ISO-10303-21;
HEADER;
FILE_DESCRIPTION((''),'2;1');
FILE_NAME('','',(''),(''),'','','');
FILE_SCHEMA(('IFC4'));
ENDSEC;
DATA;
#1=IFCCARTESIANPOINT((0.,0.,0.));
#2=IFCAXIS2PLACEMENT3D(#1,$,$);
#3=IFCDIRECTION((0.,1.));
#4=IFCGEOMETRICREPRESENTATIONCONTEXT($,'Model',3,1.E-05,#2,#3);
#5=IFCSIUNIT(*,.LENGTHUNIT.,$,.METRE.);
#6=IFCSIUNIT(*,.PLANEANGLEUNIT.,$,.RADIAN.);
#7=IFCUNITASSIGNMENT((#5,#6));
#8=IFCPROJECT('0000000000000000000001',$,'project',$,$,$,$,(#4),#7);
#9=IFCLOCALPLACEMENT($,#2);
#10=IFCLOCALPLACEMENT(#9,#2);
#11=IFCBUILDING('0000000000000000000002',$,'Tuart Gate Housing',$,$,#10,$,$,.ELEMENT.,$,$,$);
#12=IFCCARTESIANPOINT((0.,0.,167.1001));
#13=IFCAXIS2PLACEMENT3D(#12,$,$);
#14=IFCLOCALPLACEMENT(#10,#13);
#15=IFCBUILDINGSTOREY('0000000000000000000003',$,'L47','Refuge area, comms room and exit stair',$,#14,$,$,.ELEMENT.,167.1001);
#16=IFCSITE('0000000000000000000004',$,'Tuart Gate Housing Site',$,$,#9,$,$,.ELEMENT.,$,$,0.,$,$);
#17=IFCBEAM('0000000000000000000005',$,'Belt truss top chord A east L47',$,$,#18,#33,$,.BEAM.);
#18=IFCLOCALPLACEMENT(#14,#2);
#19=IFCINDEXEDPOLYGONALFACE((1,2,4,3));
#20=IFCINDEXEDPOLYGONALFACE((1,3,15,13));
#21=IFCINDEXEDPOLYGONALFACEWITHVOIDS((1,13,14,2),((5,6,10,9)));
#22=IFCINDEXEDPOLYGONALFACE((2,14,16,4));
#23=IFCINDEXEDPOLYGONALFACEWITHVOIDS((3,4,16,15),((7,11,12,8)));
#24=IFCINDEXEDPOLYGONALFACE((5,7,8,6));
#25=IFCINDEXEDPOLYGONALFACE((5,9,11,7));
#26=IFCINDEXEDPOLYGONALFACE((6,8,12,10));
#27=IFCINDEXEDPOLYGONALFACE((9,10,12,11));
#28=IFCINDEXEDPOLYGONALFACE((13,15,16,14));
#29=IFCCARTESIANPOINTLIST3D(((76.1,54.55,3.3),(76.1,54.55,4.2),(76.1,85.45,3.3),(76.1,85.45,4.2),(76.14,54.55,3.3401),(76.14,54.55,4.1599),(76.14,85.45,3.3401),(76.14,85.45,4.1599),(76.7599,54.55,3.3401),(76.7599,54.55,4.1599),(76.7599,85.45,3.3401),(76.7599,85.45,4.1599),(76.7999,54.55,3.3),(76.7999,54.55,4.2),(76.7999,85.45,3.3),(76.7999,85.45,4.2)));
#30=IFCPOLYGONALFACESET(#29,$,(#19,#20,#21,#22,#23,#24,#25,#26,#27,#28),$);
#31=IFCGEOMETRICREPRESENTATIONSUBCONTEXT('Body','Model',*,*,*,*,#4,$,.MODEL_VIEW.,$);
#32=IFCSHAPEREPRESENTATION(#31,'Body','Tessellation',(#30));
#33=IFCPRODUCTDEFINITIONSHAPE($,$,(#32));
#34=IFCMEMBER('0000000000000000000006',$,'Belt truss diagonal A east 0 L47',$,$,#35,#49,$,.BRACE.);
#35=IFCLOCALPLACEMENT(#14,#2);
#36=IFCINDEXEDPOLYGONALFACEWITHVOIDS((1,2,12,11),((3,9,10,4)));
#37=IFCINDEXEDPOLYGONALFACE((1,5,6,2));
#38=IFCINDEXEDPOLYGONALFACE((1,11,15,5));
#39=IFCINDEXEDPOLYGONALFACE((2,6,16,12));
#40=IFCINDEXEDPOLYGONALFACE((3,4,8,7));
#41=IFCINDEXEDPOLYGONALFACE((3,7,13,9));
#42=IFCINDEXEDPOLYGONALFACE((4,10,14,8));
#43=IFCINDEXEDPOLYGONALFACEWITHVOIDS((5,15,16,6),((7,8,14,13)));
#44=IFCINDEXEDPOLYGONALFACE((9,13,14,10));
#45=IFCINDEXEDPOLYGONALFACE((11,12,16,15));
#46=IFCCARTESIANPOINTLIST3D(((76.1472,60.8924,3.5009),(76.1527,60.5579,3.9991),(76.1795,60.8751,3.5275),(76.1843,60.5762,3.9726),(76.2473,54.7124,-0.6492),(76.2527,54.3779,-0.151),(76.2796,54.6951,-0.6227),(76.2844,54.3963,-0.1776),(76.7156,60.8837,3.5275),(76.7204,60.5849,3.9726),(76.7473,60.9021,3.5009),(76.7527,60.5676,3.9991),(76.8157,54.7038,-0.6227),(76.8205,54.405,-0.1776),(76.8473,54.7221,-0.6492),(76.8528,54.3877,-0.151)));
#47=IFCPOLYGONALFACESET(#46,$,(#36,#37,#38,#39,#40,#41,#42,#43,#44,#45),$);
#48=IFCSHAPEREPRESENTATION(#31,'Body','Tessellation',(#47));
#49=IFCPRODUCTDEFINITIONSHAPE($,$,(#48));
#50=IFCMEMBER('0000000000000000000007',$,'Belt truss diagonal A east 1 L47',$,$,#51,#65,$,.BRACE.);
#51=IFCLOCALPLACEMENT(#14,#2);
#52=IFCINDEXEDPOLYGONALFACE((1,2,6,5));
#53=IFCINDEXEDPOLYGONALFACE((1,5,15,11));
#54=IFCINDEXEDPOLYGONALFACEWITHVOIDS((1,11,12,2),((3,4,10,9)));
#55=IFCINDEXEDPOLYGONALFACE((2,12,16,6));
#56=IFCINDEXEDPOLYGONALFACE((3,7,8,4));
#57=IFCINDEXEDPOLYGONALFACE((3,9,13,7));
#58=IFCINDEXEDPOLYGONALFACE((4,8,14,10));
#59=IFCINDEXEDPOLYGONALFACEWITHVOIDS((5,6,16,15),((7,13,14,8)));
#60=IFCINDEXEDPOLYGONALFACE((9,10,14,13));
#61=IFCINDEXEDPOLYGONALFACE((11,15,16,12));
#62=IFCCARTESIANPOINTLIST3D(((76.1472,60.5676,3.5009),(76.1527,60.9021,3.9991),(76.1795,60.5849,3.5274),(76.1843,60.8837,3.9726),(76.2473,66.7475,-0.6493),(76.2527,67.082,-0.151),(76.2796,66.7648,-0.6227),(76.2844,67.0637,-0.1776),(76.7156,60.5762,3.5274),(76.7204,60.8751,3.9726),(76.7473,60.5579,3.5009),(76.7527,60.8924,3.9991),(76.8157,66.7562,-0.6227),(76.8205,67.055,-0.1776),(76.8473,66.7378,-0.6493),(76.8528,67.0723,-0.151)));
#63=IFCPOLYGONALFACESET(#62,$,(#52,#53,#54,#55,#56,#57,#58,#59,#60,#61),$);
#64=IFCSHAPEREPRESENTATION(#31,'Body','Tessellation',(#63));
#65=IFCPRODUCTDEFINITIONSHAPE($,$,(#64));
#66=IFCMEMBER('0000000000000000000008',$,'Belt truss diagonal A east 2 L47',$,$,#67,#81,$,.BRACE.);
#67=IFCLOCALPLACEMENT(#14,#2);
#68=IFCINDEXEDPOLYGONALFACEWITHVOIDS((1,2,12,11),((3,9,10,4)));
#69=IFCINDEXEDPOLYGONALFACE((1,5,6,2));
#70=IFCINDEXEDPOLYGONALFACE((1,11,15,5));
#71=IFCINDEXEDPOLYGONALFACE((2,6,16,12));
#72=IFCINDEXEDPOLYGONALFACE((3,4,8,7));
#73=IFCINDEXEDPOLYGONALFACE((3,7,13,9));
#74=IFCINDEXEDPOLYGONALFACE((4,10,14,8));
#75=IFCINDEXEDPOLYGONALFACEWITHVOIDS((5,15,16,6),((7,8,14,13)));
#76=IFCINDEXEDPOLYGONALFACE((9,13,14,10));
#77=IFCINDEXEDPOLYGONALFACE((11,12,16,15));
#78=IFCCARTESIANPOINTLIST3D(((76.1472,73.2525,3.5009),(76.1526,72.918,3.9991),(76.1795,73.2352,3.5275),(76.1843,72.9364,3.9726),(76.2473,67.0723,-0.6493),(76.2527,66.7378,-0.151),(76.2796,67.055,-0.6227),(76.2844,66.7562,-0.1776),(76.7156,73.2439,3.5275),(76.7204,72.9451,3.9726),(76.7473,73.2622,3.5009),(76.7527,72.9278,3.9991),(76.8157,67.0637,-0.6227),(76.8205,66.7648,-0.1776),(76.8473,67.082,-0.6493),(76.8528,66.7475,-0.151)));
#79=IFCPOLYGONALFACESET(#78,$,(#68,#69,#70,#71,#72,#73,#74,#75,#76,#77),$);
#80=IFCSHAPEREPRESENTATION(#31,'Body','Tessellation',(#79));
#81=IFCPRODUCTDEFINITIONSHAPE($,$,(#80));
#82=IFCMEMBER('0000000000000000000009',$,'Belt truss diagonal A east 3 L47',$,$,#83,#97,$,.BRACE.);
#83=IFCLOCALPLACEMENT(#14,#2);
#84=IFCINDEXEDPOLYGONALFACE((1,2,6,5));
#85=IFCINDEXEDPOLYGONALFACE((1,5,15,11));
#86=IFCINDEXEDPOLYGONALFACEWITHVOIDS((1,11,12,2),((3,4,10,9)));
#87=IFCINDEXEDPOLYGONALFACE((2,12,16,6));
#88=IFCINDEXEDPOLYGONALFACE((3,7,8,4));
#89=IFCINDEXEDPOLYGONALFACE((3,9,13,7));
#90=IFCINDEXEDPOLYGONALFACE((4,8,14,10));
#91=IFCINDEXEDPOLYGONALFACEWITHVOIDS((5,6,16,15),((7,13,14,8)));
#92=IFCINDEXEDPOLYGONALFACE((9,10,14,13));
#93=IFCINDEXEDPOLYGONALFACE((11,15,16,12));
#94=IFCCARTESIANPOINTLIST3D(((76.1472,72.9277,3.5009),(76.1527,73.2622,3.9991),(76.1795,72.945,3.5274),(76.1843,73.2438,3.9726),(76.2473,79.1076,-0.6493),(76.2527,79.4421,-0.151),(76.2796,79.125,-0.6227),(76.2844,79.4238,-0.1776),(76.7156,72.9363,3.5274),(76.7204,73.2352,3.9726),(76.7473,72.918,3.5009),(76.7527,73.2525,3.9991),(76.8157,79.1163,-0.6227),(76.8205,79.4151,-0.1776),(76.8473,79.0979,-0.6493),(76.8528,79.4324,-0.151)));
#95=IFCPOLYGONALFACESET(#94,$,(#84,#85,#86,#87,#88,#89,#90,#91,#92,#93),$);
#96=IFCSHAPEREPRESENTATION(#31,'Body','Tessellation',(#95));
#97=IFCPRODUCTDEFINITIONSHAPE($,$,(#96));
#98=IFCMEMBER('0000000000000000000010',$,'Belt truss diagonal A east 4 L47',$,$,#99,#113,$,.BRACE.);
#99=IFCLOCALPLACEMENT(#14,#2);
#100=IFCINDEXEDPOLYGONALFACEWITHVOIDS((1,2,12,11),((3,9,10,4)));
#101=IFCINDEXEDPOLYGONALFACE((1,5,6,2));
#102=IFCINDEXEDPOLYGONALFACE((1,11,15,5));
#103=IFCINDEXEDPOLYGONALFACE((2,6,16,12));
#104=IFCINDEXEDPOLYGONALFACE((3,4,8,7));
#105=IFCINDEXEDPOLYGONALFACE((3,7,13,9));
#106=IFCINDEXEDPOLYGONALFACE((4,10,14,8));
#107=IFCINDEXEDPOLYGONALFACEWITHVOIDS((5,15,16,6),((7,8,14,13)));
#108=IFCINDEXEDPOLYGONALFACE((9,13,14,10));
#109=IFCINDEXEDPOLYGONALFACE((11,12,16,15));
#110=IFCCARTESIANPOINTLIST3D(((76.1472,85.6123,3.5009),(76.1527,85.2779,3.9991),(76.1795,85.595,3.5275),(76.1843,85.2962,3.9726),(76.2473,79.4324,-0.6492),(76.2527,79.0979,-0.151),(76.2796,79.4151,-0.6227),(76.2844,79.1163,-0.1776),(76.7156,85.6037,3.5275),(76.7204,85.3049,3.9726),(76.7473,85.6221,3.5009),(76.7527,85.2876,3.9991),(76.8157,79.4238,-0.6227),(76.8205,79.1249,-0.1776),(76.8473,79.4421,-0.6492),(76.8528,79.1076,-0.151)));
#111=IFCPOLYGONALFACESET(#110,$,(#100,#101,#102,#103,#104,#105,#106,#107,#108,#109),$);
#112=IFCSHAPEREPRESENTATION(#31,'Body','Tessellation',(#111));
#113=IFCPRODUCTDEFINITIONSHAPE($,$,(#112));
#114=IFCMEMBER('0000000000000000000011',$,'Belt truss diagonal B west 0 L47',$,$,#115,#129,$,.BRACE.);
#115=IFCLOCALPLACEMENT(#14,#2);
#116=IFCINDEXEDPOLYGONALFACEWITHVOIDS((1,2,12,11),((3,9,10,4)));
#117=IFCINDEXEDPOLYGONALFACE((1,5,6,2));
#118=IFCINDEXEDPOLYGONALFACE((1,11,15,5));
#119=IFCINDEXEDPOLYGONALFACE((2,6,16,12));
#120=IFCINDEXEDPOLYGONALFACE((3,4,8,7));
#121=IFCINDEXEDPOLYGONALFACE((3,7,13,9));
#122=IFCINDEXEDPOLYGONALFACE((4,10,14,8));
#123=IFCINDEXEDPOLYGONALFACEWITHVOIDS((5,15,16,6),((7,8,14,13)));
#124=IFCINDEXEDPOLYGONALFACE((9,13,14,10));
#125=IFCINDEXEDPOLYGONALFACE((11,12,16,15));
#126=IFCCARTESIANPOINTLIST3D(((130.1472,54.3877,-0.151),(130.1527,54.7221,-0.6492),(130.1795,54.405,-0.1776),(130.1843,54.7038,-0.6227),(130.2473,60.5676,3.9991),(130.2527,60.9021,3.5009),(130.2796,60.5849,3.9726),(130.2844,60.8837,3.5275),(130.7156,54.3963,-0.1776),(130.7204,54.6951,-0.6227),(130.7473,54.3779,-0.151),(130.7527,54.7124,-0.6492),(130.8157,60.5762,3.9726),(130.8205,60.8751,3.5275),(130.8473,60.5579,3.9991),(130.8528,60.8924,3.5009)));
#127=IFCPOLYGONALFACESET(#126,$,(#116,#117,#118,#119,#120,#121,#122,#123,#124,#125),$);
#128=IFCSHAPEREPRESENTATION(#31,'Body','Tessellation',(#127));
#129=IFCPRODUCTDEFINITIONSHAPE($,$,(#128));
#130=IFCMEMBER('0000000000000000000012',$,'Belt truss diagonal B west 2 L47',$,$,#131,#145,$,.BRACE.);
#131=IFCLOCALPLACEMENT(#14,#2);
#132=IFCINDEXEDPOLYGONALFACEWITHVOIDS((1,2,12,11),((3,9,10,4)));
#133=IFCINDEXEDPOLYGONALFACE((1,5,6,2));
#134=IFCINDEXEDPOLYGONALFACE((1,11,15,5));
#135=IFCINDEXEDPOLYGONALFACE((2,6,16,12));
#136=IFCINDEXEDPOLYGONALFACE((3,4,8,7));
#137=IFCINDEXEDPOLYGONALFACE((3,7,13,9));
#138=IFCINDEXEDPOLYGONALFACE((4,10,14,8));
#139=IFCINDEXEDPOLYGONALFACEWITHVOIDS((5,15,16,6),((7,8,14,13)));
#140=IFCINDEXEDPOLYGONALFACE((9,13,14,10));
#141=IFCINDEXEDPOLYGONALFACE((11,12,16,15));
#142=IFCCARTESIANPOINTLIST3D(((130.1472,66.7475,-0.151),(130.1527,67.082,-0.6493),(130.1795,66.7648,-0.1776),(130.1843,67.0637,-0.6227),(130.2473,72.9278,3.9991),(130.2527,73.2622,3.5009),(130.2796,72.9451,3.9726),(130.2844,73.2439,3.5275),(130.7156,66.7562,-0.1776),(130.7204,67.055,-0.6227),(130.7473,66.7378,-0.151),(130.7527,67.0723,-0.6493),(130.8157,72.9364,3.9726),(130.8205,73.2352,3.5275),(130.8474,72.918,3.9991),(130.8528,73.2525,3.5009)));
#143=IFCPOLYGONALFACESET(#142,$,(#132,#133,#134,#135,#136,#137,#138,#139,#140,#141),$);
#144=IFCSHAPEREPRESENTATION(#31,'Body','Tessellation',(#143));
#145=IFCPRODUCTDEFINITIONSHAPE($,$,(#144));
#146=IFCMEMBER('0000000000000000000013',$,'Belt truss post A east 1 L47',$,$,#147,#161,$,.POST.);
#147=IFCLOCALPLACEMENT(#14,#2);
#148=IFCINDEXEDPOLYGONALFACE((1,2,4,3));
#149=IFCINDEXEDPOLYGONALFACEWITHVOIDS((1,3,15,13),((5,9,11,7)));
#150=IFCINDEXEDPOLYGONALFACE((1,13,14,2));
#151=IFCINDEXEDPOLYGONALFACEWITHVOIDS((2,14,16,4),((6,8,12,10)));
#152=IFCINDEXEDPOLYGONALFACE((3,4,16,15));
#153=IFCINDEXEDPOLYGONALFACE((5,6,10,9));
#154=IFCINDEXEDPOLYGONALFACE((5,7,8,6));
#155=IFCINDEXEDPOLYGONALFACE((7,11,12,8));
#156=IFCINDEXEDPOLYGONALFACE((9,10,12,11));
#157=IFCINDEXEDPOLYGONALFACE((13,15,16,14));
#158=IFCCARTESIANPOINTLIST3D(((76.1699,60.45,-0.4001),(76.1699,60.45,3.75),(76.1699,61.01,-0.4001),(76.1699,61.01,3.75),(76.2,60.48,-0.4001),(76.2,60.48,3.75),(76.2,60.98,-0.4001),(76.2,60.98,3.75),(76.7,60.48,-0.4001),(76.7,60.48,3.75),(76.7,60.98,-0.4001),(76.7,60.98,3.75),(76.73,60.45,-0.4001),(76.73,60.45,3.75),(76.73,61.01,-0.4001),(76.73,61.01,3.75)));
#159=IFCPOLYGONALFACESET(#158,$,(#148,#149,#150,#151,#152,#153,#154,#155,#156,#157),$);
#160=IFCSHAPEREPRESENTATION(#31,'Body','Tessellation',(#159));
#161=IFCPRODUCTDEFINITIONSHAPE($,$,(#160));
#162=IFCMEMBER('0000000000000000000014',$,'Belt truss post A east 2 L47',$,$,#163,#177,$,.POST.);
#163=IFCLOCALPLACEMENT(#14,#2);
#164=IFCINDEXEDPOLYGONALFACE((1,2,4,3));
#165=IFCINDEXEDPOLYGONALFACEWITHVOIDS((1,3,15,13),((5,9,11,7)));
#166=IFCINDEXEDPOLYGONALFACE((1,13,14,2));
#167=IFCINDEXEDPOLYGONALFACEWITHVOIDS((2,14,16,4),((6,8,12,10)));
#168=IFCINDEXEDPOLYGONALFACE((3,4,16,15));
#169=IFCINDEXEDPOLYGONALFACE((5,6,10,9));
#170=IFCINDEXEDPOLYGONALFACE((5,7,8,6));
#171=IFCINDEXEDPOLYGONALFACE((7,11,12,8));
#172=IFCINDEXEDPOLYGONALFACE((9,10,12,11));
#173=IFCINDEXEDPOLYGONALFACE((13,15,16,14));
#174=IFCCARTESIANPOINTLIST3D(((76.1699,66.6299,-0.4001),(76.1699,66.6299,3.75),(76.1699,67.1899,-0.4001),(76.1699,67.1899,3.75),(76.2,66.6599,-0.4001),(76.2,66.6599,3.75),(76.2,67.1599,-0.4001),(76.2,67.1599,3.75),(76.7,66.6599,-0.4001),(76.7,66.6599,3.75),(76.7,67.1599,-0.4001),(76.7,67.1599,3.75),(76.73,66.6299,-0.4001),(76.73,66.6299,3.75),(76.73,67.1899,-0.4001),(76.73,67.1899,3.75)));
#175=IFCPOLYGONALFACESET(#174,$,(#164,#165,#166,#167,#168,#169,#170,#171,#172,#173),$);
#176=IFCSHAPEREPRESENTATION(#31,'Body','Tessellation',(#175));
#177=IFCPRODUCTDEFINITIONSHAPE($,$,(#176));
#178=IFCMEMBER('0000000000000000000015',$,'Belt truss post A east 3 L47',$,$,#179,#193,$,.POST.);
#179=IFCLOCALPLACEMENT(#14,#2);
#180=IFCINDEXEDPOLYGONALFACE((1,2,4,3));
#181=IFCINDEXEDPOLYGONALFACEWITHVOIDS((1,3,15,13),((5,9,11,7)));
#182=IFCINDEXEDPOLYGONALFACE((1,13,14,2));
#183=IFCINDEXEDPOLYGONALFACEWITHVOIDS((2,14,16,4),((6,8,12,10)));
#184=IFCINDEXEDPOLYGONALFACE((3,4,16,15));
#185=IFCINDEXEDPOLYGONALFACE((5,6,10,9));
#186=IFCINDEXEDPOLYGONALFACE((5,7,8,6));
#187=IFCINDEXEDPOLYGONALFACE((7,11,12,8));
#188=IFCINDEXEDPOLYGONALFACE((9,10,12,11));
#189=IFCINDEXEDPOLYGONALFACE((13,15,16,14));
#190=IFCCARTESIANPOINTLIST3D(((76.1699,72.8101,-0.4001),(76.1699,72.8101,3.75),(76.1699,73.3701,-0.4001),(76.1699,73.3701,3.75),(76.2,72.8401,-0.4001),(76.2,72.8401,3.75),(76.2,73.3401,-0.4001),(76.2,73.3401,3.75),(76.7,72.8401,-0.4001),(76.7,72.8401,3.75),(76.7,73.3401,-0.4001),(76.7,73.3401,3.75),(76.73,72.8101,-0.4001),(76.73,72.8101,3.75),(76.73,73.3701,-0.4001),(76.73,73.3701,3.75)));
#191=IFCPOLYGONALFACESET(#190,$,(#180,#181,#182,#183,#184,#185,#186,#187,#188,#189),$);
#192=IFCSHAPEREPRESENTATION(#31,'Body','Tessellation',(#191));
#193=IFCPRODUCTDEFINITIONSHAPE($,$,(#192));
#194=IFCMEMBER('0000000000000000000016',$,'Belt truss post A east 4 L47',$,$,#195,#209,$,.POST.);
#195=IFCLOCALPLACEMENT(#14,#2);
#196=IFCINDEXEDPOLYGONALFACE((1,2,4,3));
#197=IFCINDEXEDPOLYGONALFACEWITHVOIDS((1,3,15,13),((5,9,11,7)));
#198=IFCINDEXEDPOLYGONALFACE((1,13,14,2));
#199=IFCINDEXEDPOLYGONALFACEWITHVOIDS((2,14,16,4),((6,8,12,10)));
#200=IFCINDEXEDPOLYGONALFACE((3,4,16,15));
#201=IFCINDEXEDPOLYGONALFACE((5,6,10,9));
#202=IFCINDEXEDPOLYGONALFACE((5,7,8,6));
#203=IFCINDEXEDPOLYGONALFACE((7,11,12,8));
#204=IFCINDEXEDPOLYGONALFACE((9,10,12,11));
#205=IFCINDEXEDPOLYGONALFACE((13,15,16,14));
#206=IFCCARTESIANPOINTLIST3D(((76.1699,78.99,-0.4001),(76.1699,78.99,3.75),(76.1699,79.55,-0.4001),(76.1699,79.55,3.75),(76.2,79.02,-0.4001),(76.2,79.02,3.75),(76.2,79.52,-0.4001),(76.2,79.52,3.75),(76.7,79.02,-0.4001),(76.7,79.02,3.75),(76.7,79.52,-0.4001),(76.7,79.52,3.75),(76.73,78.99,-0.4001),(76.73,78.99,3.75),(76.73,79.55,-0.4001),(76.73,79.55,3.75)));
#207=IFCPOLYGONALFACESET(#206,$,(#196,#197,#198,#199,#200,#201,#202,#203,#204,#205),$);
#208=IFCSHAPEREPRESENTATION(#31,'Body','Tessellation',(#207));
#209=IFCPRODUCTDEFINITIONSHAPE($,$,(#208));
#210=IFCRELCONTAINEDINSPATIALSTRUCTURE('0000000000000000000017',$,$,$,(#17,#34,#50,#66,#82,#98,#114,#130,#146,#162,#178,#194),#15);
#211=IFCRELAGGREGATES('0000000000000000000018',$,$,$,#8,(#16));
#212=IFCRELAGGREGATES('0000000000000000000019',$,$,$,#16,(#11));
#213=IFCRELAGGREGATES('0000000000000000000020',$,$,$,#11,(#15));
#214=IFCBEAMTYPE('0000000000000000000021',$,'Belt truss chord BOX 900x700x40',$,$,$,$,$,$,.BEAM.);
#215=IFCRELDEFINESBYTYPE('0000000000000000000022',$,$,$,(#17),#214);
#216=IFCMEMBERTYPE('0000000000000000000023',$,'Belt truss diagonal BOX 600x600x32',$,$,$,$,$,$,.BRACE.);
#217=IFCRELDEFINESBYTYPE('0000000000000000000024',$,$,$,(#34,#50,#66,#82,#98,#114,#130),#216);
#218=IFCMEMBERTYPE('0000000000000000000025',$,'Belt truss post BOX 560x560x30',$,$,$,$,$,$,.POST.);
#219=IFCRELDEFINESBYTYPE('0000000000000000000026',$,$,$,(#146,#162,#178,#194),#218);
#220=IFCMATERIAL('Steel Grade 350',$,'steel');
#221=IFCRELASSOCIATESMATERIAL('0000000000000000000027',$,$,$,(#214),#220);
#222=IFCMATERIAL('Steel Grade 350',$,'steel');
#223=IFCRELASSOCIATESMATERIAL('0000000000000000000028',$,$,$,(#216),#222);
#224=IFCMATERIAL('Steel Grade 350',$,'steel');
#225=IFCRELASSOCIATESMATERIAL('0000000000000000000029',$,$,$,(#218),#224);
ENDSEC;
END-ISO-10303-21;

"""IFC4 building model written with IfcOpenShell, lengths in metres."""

from ifc_helpers import new_model, si_unit, direction, frame, origin, origin_2d, place, context, subcontext, project, spatial, hollow_rectangle, extrude, material, material_profile, profile_set, type_object, element, save


model = new_model("IFC4")

# Units and contexts
model_context = context("Model", 3, precision=1e-05, world=origin(), true_north=direction((0.0, 1.0)))
body_context = subcontext(model_context, "Body", "Model", "MODEL_VIEW")
ifc_project = project(units=[si_unit("LENGTHUNIT", "METRE"), si_unit("PLANEANGLEUNIT", "RADIAN")], contexts=[model_context])

# Site, building, storey
site_placement = place(None, origin())
site = spatial("IfcSite", under=ifc_project, at=site_placement, Name="Tuart Gate Housing Site", CompositionType="ELEMENT", RefElevation=0.0)
building_placement = place(site_placement, origin())
building = spatial("IfcBuilding", under=site, at=building_placement, Name="Tuart Gate Housing", CompositionType="ELEMENT")
storey_placement = place(building_placement, frame((0.0, 0.0, 167.1001)))
storey = spatial("IfcBuildingStorey", under=building, at=storey_placement, Name="L47", Description="Refuge area, comms room and exit stair", CompositionType="ELEMENT", Elevation=167.1001)

# Beam
ifc_material_1 = material(Name="Steel Grade 350", Category="steel")
ifc_material_profile_1 = material_profile(ifc_material_1, hollow_rectangle(XDim=0.7, YDim=0.8999, WallThickness=0.04, at=origin_2d()), Name="BOX 900x700x40")
ifc_profile_set_1 = profile_set([ifc_material_profile_1], Name="Steel Grade 350")
beam_type = type_object("IfcBeamType", Name="Belt truss chord BOX 900x700x40", PredefinedType="BEAM", material=ifc_profile_set_1)
beam_placement = place(storey_placement, frame((76.45, 54.55, 3.75), z_axis=(0.0, 1.0, 0.0), x_axis=(-1.0, 0.0, 0.0)))
element("IfcBeam", 1, at=beam_placement, inside=storey, type_object=beam_type, Name="Belt truss top chord A east L47", PredefinedType="BEAM", context=body_context, shape_type="SweptSolid", body=[
    extrude(hollow_rectangle(XDim=0.7, YDim=0.8999, WallThickness=0.04, at=origin_2d()), origin(), (0.0, 0.0, 1.0), 30.8999),
])

# Members
ifc_material_2 = material(Name="Steel Grade 350", Category="steel")
ifc_material_profile_2 = material_profile(ifc_material_2, hollow_rectangle(XDim=0.6001, YDim=0.6001, WallThickness=0.032, at=origin_2d()), Name="BOX 600x600x32")
ifc_profile_set_2 = profile_set([ifc_material_profile_2], Name="Steel Grade 350")
member_type_1 = type_object("IfcMemberType", Name="Belt truss diagonal BOX 600x600x32", PredefinedType="BRACE", material=ifc_profile_set_2)
for number, where, z_axis, x_axis, name in (
    (2, (76.55, 54.55, -0.4001), (-0.013445, 0.830099, 0.557455), (-0.999869, -0.016195, 0.0), "Belt truss diagonal A east 0 L47"),
    (3, (76.45, 60.73, 3.75), (0.013445, 0.830099, -0.557455), (-0.999869, 0.016195, 0.0), "Belt truss diagonal A east 1 L47"),
):
    element("IfcMember", number, at=place(storey_placement, frame(where, z_axis=z_axis, x_axis=x_axis)), inside=storey, type_object=member_type_1, Name=name, PredefinedType="BRACE", context=body_context, shape_type="SweptSolid", body=[
        extrude(hollow_rectangle(XDim=0.6001, YDim=0.6001, WallThickness=0.032, at=origin_2d()), origin(), (0.0, 0.0, 1.0), 7.4448),
    ])
member_1_placement = place(storey_placement, frame((76.55, 66.9099, -0.4001), z_axis=(-0.013445, 0.830109, 0.557439), x_axis=(-0.999869, -0.016194, 0.0)))
element("IfcMember", 4, at=member_1_placement, inside=storey, type_object=member_type_1, Name="Belt truss diagonal A east 2 L47", PredefinedType="BRACE", context=body_context, shape_type="SweptSolid", body=[
    extrude(hollow_rectangle(XDim=0.6001, YDim=0.6001, WallThickness=0.032, at=origin_2d()), origin(), (0.0, 0.0, 1.0), 7.4451),
])
for number, where, z_axis, x_axis, name in (
    (5, (76.45, 73.0901, 3.75), (0.013445, 0.830099, -0.557455), (-0.999869, 0.016195, 0.0), "Belt truss diagonal A east 3 L47"),
    (6, (76.55, 79.27, -0.4001), (-0.013445, 0.830099, 0.557455), (-0.999869, -0.016195, 0.0), "Belt truss diagonal A east 4 L47"),
    (7, (130.45, 54.55, -0.4001), (0.013445, 0.830099, 0.557455), (-0.999869, 0.016195, 0.0), "Belt truss diagonal B west 0 L47"),
):
    element("IfcMember", number, at=place(storey_placement, frame(where, z_axis=z_axis, x_axis=x_axis)), inside=storey, type_object=member_type_1, Name=name, PredefinedType="BRACE", context=body_context, shape_type="SweptSolid", body=[
        extrude(hollow_rectangle(XDim=0.6001, YDim=0.6001, WallThickness=0.032, at=origin_2d()), origin(), (0.0, 0.0, 1.0), 7.4448),
    ])
member_2_placement = place(storey_placement, frame((130.45, 66.9099, -0.4001), z_axis=(0.013445, 0.830109, 0.557439), x_axis=(-0.999869, 0.016194, 0.0)))
element("IfcMember", 8, at=member_2_placement, inside=storey, type_object=member_type_1, Name="Belt truss diagonal B west 2 L47", PredefinedType="BRACE", context=body_context, shape_type="SweptSolid", body=[
    extrude(hollow_rectangle(XDim=0.6001, YDim=0.6001, WallThickness=0.032, at=origin_2d()), origin(), (0.0, 0.0, 1.0), 7.4451),
])
ifc_material_3 = material(Name="Steel Grade 350", Category="steel")
ifc_material_profile_3 = material_profile(ifc_material_3, hollow_rectangle(XDim=0.5601, YDim=0.5601, WallThickness=0.03, at=origin_2d()), Name="BOX 560x560x30")
ifc_profile_set_3 = profile_set([ifc_material_profile_3], Name="Steel Grade 350")
member_type_2 = type_object("IfcMemberType", Name="Belt truss post BOX 560x560x30", PredefinedType="POST", material=ifc_profile_set_3)
for number, where, z_axis, x_axis, name in (
    (9, (76.45, 60.73, -0.4001), (0.0, 0.0, 1.0), (1.0, 0.0, 0.0), "Belt truss post A east 1 L47"),
    (10, (76.45, 66.9099, -0.4001), (0.0, 0.0, 1.0), (1.0, 0.0, 0.0), "Belt truss post A east 2 L47"),
    (11, (76.45, 73.0901, -0.4001), (0.0, 0.0, 1.0), (1.0, 0.0, 0.0), "Belt truss post A east 3 L47"),
    (12, (76.45, 79.27, -0.4001), (0.0, 0.0, 1.0), (1.0, 0.0, 0.0), "Belt truss post A east 4 L47"),
):
    element("IfcMember", number, at=place(storey_placement, frame(where, z_axis=z_axis, x_axis=x_axis)), inside=storey, type_object=member_type_2, Name=name, PredefinedType="POST", context=body_context, shape_type="SweptSolid", body=[
        extrude(hollow_rectangle(XDim=0.5601, YDim=0.5601, WallThickness=0.03, at=origin_2d()), origin(), (0.0, 0.0, 1.0), 4.1501),
    ])

save(model, "model.ifc")
